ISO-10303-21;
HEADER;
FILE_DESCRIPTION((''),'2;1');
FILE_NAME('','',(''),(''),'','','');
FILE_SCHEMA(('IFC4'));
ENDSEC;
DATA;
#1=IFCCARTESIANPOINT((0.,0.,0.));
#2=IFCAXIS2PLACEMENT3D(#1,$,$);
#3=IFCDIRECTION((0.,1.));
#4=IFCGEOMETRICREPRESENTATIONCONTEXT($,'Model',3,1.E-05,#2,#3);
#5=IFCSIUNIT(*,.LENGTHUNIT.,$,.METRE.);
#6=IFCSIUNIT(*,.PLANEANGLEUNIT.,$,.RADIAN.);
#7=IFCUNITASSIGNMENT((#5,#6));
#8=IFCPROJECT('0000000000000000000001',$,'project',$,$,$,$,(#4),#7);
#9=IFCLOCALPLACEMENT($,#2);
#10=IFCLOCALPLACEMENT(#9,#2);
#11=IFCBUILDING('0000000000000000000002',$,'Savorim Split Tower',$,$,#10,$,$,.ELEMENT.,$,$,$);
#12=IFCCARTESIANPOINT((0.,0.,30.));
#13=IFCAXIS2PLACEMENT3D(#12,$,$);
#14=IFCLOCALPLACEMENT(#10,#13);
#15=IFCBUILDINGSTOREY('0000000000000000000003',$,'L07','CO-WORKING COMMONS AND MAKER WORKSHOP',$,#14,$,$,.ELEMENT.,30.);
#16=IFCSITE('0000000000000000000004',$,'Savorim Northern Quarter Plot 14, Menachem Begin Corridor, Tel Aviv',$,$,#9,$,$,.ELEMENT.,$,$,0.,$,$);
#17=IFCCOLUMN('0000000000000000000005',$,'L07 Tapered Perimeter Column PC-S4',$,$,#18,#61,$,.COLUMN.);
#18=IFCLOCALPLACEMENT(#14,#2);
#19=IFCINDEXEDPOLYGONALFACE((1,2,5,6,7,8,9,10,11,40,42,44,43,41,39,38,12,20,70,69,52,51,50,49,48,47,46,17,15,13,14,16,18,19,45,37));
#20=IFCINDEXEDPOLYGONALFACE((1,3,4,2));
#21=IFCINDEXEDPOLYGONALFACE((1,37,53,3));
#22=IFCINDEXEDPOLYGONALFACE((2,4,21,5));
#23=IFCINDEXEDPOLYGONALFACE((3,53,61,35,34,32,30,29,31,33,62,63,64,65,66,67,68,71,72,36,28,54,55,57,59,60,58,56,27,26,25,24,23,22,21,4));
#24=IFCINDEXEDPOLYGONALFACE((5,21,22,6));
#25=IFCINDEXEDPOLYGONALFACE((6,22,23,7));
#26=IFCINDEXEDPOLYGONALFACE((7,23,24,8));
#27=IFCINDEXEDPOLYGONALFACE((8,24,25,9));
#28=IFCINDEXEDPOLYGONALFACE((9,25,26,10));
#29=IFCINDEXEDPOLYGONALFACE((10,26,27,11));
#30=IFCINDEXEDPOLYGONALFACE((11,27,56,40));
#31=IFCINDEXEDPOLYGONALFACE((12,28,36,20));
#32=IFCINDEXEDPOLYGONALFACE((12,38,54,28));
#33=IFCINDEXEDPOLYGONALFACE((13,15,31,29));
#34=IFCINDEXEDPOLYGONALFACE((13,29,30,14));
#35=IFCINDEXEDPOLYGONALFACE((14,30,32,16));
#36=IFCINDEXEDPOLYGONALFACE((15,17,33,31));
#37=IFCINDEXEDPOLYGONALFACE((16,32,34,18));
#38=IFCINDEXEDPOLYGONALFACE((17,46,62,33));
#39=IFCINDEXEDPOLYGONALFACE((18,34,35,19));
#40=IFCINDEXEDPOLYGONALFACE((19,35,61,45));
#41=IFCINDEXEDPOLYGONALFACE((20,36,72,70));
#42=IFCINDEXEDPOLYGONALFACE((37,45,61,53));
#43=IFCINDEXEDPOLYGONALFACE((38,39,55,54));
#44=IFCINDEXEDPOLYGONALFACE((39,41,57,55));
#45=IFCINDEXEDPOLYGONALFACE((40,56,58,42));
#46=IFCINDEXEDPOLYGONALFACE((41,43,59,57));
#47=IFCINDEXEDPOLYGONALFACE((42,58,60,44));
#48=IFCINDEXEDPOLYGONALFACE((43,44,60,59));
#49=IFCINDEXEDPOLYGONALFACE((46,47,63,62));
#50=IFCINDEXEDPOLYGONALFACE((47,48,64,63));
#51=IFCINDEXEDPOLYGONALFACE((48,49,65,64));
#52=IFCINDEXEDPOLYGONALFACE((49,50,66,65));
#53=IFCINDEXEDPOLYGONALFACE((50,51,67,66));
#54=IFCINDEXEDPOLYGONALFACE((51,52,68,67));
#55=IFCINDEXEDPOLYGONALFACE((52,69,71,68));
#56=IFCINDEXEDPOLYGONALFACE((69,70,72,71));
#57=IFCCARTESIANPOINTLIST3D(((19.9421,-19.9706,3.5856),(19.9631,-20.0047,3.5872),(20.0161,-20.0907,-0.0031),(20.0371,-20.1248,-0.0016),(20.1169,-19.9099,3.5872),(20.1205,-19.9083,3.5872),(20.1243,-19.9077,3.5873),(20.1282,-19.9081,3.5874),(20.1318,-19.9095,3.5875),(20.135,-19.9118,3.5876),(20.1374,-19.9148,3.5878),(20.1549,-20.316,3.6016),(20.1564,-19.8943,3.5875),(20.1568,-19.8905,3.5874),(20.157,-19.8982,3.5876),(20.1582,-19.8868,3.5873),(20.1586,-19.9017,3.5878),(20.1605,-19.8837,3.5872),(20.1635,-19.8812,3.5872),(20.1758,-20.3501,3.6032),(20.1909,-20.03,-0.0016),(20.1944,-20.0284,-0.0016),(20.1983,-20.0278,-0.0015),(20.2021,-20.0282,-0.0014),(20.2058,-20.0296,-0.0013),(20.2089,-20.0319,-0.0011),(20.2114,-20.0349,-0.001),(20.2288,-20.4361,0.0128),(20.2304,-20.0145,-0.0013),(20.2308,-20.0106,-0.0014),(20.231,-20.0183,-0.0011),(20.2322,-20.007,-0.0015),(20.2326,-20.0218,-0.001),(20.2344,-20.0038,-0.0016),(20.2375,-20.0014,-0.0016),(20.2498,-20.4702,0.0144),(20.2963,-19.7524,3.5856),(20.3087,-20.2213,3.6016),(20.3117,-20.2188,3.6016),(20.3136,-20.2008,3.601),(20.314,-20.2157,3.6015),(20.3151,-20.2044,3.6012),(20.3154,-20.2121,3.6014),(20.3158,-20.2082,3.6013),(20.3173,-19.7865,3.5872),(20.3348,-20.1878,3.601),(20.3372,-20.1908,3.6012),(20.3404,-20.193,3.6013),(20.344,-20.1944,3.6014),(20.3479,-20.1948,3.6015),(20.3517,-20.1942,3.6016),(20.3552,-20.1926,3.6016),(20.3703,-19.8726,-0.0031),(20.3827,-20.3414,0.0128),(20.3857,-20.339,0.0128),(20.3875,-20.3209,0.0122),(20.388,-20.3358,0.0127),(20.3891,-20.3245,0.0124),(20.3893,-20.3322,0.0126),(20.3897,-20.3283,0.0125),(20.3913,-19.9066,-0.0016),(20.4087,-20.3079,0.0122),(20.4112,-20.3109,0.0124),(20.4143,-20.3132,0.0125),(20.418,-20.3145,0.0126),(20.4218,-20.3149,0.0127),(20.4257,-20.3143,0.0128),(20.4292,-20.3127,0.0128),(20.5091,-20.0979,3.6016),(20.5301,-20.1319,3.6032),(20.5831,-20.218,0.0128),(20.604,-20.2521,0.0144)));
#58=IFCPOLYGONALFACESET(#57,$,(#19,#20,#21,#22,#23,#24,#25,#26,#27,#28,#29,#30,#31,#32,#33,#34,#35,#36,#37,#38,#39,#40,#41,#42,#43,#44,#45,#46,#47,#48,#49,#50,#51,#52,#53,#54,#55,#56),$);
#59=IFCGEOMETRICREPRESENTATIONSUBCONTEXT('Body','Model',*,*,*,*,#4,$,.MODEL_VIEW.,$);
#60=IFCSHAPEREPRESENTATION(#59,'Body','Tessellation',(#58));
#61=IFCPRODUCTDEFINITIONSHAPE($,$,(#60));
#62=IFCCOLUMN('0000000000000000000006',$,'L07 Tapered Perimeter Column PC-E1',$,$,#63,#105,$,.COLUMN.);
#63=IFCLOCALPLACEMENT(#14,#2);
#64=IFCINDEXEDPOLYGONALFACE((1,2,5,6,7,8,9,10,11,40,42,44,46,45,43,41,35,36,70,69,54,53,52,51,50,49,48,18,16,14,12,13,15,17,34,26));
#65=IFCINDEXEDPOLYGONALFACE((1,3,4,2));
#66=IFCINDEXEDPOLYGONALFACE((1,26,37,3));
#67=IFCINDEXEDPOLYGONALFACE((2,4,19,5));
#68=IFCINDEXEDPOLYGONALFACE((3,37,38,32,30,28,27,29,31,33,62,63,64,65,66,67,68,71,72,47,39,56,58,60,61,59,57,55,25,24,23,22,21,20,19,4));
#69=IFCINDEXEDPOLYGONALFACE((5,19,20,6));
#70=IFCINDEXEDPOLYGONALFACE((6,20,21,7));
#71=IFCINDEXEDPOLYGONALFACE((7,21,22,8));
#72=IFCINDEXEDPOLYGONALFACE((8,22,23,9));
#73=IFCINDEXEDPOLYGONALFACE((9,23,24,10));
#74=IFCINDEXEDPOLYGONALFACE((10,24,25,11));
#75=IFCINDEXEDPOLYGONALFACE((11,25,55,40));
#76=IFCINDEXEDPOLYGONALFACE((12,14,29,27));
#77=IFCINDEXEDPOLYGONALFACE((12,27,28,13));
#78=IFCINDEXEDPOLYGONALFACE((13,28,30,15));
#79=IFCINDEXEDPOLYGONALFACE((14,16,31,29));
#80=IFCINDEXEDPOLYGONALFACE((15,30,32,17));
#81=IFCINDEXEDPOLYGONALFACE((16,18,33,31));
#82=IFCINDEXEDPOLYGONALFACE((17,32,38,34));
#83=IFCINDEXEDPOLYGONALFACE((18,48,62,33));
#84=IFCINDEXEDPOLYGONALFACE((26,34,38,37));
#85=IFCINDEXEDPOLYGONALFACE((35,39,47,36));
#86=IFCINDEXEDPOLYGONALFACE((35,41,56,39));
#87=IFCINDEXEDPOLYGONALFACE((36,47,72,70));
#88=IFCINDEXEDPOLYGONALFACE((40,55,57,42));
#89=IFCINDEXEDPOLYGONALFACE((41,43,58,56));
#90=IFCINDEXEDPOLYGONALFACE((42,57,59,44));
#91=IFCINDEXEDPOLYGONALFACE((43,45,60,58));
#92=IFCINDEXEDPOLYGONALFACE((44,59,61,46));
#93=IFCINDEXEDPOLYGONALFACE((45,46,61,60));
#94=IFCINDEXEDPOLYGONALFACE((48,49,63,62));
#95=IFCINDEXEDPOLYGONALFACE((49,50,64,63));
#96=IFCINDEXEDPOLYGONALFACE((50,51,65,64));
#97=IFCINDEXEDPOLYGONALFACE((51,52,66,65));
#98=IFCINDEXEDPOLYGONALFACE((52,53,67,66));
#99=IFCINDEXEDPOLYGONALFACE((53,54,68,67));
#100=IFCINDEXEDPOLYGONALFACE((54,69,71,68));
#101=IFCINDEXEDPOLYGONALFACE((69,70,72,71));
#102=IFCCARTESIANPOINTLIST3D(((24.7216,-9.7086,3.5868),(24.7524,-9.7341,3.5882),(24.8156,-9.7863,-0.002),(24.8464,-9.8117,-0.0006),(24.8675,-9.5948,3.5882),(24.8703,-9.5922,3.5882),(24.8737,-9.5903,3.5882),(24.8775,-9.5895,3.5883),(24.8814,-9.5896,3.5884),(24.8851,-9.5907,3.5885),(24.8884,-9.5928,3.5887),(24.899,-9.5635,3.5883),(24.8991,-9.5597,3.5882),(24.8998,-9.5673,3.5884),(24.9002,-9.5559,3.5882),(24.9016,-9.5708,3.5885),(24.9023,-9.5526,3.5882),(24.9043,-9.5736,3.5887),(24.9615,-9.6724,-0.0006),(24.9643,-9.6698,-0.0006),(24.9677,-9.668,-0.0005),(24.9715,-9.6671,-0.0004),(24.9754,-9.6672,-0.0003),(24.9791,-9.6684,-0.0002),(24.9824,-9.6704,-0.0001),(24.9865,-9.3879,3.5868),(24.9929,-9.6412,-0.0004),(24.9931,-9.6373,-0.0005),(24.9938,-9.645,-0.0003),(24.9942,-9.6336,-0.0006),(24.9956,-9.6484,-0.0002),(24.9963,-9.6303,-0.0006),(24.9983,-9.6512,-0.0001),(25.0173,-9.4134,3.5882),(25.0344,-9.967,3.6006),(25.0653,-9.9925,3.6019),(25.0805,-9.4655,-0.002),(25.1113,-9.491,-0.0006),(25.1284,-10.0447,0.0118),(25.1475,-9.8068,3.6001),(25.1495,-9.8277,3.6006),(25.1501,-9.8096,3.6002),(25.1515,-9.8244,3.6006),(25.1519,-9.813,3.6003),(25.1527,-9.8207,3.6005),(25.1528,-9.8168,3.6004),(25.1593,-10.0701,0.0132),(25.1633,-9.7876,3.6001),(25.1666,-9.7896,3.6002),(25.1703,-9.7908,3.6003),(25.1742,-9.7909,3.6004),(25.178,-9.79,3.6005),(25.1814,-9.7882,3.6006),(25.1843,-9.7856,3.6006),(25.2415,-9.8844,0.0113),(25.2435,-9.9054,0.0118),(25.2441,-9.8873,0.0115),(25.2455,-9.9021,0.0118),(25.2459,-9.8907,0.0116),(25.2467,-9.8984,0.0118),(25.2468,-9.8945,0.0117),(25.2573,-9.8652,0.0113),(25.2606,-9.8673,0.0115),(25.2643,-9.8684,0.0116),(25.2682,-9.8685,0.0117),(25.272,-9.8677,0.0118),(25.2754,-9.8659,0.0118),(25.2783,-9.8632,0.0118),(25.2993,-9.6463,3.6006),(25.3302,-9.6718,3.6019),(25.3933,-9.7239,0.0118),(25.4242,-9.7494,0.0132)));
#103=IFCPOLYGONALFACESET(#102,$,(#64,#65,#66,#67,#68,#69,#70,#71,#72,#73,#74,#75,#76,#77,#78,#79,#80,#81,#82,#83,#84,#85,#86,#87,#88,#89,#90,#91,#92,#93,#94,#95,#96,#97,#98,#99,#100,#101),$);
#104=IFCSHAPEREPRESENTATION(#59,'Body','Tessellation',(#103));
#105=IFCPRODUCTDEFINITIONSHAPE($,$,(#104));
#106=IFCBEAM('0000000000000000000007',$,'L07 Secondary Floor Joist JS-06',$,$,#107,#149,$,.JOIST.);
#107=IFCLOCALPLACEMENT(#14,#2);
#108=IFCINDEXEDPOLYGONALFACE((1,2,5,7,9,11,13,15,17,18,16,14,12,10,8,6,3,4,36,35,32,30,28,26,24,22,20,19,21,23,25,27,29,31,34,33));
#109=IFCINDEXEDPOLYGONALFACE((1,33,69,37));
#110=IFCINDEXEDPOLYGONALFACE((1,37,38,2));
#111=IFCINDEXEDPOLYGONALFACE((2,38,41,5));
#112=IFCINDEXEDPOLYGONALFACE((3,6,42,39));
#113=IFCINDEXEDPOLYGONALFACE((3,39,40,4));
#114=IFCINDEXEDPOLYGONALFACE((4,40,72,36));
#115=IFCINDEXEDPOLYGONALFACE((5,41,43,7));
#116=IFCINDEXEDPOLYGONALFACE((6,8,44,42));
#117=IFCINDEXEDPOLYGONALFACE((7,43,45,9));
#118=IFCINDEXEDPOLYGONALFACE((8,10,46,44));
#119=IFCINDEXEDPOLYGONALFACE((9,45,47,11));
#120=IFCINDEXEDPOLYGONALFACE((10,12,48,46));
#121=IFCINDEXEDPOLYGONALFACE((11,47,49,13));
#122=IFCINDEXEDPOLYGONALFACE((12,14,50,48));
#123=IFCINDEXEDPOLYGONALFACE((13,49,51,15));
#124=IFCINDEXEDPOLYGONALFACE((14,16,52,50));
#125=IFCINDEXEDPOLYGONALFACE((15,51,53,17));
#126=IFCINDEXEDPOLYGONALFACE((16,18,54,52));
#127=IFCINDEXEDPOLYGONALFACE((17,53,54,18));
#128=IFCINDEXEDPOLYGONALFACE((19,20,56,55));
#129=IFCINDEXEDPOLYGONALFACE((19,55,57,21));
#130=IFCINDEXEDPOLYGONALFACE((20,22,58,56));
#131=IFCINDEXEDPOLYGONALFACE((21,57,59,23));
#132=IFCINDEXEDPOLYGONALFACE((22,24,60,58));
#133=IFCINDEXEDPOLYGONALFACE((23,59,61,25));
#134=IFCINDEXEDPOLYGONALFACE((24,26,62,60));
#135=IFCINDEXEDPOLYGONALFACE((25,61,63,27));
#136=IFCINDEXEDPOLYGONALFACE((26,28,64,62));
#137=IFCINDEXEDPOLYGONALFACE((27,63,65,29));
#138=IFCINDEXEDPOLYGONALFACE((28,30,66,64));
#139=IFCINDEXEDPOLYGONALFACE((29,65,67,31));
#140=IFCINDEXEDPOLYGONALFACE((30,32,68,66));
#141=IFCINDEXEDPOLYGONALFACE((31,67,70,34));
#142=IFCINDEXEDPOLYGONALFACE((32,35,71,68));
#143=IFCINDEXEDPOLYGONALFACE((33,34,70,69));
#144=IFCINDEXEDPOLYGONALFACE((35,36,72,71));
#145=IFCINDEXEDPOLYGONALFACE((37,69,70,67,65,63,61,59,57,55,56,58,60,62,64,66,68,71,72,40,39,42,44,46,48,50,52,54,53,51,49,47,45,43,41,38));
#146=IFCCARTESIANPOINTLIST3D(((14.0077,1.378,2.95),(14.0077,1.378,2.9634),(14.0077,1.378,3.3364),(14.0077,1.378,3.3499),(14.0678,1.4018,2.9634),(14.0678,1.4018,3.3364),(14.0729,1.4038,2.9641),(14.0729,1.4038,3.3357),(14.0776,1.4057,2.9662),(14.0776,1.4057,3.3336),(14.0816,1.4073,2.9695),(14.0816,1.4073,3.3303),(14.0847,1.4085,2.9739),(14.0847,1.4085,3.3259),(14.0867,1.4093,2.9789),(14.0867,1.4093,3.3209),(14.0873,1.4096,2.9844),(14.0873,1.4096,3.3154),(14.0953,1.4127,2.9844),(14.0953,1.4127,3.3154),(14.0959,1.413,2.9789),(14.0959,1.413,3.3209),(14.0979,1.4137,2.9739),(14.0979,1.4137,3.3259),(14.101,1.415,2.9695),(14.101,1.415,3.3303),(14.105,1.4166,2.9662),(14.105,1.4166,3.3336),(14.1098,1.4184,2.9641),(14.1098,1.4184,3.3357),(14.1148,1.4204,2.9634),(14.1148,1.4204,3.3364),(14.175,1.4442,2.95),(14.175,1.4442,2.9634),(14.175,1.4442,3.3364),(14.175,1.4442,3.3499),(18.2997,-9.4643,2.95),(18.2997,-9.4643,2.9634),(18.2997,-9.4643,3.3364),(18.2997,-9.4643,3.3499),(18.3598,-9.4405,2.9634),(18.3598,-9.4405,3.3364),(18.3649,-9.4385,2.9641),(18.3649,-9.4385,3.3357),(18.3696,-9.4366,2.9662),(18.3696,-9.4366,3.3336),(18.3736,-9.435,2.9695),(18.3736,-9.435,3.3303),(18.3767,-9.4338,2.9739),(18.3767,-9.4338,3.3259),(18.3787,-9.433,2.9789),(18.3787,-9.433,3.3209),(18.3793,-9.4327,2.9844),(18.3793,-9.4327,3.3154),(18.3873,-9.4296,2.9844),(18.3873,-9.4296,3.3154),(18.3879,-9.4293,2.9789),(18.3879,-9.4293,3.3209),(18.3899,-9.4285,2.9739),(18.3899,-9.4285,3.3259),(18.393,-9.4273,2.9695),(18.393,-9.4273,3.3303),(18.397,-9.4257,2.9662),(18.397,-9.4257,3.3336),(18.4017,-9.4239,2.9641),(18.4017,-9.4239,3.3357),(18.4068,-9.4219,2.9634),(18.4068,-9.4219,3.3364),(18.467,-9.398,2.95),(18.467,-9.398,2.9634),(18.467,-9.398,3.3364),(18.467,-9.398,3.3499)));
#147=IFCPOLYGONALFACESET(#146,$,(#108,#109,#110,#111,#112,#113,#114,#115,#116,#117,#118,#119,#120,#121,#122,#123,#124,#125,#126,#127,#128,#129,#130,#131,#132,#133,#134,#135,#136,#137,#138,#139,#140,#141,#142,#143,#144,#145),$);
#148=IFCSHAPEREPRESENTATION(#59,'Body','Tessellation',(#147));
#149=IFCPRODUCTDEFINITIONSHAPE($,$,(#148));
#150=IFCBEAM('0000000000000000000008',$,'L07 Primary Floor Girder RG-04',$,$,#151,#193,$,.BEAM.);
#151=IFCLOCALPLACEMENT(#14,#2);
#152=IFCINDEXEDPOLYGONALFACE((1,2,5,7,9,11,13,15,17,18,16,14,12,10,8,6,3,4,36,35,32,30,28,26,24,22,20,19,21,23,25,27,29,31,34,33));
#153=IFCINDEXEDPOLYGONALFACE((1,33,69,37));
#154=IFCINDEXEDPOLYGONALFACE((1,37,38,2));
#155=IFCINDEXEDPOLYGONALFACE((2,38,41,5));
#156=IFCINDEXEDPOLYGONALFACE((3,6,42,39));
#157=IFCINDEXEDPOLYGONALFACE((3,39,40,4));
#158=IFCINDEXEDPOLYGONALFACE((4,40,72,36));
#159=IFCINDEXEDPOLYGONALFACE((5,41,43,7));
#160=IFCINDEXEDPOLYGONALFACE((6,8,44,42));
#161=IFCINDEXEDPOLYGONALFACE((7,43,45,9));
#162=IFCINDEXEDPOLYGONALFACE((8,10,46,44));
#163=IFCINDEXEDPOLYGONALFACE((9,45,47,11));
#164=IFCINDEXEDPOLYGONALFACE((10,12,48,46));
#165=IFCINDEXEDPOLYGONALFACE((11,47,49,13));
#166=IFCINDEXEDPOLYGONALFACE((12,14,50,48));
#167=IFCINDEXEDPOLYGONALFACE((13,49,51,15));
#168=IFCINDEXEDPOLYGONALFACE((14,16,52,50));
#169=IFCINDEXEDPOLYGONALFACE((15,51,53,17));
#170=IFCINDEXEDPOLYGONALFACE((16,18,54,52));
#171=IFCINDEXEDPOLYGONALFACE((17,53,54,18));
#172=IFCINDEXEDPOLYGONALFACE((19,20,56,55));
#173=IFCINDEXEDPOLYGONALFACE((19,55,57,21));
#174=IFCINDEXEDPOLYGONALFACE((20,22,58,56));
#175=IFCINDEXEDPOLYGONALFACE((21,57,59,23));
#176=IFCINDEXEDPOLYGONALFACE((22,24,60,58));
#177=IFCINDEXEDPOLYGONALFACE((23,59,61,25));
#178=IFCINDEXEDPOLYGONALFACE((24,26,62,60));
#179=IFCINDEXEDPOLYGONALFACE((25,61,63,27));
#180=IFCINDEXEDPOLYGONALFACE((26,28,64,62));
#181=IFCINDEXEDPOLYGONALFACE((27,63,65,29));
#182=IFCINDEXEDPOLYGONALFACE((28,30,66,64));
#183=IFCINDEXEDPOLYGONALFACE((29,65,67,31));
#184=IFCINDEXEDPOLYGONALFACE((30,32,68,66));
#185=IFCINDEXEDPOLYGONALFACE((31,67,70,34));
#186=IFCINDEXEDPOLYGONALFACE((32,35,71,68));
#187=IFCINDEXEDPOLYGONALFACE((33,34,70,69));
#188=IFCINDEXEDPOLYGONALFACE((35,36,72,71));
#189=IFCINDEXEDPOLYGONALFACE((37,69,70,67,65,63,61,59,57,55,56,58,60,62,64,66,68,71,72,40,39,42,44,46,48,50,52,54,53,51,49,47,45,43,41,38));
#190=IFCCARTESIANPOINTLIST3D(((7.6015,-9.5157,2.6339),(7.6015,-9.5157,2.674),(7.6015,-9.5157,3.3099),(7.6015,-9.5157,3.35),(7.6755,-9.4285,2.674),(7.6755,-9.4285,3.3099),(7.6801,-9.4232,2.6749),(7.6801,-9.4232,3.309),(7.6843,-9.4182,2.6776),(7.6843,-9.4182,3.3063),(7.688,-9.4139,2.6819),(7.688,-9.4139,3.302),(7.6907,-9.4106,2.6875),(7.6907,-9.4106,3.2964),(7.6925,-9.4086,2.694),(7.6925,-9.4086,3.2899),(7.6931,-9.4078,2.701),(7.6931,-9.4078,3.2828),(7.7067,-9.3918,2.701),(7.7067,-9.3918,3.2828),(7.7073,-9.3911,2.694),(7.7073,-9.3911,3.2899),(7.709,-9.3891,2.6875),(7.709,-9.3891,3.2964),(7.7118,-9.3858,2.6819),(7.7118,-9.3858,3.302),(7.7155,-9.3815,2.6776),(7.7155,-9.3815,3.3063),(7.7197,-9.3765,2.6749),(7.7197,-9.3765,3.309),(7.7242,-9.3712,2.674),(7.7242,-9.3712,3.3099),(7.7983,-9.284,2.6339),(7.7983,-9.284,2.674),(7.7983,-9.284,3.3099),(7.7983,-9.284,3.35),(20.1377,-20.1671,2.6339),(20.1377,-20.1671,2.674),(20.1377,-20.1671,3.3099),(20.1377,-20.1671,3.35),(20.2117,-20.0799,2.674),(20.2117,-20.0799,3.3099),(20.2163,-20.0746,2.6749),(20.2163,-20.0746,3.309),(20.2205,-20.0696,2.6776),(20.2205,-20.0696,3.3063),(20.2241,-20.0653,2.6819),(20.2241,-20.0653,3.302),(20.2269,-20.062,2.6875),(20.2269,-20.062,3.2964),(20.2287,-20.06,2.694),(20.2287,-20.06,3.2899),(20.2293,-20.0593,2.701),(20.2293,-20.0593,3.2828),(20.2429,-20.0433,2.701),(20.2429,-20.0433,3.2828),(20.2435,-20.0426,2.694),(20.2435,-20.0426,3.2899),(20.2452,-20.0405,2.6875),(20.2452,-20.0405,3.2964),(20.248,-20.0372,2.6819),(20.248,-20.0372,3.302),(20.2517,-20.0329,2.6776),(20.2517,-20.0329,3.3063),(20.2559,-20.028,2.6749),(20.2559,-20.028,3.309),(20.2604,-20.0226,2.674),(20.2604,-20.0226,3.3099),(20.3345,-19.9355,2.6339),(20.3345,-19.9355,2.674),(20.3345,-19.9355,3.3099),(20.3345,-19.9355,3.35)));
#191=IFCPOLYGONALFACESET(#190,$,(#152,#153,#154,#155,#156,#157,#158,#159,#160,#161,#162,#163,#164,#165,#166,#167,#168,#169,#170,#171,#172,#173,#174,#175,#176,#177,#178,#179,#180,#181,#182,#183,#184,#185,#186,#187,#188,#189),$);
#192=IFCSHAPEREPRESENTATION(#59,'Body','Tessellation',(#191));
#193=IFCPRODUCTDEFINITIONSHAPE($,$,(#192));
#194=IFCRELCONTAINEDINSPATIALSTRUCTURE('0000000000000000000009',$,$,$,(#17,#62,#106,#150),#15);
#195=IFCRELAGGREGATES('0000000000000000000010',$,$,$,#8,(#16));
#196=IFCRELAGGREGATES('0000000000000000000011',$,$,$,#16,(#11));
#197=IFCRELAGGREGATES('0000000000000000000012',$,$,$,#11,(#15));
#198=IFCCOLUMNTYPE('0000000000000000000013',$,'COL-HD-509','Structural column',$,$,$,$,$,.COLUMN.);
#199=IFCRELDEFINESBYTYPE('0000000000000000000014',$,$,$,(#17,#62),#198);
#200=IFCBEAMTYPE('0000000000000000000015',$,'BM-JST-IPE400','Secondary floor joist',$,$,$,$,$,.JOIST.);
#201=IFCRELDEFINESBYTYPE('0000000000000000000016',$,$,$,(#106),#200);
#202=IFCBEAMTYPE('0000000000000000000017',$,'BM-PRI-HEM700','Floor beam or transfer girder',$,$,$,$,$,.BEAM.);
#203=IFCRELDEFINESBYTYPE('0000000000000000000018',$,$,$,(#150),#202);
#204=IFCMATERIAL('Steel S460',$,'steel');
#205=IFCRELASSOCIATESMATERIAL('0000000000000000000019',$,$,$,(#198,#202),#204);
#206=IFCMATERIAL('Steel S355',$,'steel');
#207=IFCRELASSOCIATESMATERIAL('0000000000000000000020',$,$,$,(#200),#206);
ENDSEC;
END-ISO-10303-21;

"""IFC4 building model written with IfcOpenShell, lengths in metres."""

from ifc_helpers import new_model, si_unit, direction, frame, origin, origin_2d, place, context, subcontext, project, spatial, i_section, extrude, material, material_profile, profile_set, type_object, element, save


model = new_model("IFC4")

# Units and contexts
model_context = context("Model", 3, precision=1e-05, world=origin(), true_north=direction((0.0, 1.0)))
body_context = subcontext(model_context, "Body", "Model", "MODEL_VIEW")
ifc_project = project(units=[si_unit("LENGTHUNIT", "METRE"), si_unit("PLANEANGLEUNIT", "RADIAN")], contexts=[model_context])

# Site, building, storey
site_placement = place(None, origin())
site = spatial("IfcSite", under=ifc_project, at=site_placement, Name="Savorim Northern Quarter Plot 14, Menachem Begin Corridor, Tel Aviv", CompositionType="ELEMENT", RefElevation=0.0)
building_placement = place(site_placement, origin())
building = spatial("IfcBuilding", under=site, at=building_placement, Name="Savorim Split Tower", CompositionType="ELEMENT")
storey_placement = place(building_placement, frame((0.0, 0.0, 30.0)))
storey = spatial("IfcBuildingStorey", under=building, at=storey_placement, Name="L07", Description="CO-WORKING COMMONS AND MAKER WORKSHOP", CompositionType="ELEMENT", Elevation=30.0)

# Columns
ifc_material_1 = material(Name="Steel S460", Category="steel")
ifc_material_profile_1 = material_profile(ifc_material_1, i_section(OverallWidth=0.416, OverallDepth=0.446, WebThickness=0.0249, FlangeThickness=0.04, FilletRadius=0.0149, at=origin_2d()), Name="HD 400x509")
ifc_profile_set_1 = profile_set([ifc_material_profile_1], Name="Steel S460")
column_type = type_object("IfcColumnType", Name="COL-HD-509", Description="Structural column", PredefinedType="COLUMN", material=ifc_profile_set_1)
column_1_placement = place(storey_placement, frame((20.3101, -20.1714, 0.0056), z_axis=(-0.020596, 0.033444, 0.999228), x_axis=(-0.85148, -0.524387, 0.0)))
element("IfcColumn", 1, at=column_1_placement, inside=storey, type_object=column_type, Name="L07 Tapered Perimeter Column PC-S4", PredefinedType="COLUMN", context=body_context, shape_type="SweptSolid", body=[
    extrude(i_section(OverallWidth=0.416, OverallDepth=0.446, WebThickness=0.0249, FlangeThickness=0.04, FilletRadius=0.0149, at=origin_2d()), origin(), (0.0, 0.0, 1.0), 3.5916),
])
column_2_placement = place(storey_placement, frame((25.1199, -9.7678, 0.0056), z_axis=(-0.026175, 0.02162, 0.999424), x_axis=(-0.63683, -0.771005, 0.0)))
element("IfcColumn", 2, at=column_2_placement, inside=storey, type_object=column_type, Name="L07 Tapered Perimeter Column PC-E1", PredefinedType="COLUMN", context=body_context, shape_type="SweptSolid", body=[
    extrude(i_section(OverallWidth=0.416, OverallDepth=0.446, WebThickness=0.0249, FlangeThickness=0.04, FilletRadius=0.0149, at=origin_2d()), origin(), (0.0, 0.0, 1.0), 3.5908),
])

# Beams
ifc_material_2 = material(Name="Steel S355", Category="steel")
ifc_material_profile_2 = material_profile(ifc_material_2, i_section(OverallWidth=0.1799, OverallDepth=0.3999, WebThickness=0.0085, FlangeThickness=0.0134, FilletRadius=0.021, at=origin_2d()), Name="IPE 400")
ifc_profile_set_2 = profile_set([ifc_material_profile_2], Name="Steel S355")
beam_type_1 = type_object("IfcBeamType", Name="BM-JST-IPE400", Description="Secondary floor joist", PredefinedType="JOIST", material=ifc_profile_set_2)
beam_1_placement = place(storey_placement, frame((18.3833, -9.4312, 3.1499), z_axis=(-0.368067, 0.929799, 0.0), x_axis=(-0.929799, -0.368067, 0.0)))
element("IfcBeam", 3, at=beam_1_placement, inside=storey, type_object=beam_type_1, Name="L07 Secondary Floor Joist JS-06", PredefinedType="JOIST", context=body_context, shape_type="SweptSolid", body=[
    extrude(i_section(OverallWidth=0.1799, OverallDepth=0.3999, WebThickness=0.0085, FlangeThickness=0.0134, FilletRadius=0.021, at=origin_2d()), origin(), (0.0, 0.0, 1.0), 11.6609),
])
ifc_material_profile_3 = material_profile(ifc_material_1, i_section(OverallWidth=0.304, OverallDepth=0.7161, WebThickness=0.021, FlangeThickness=0.04, FilletRadius=0.0271, at=origin_2d()), Name="HE 700 M")
ifc_profile_set_3 = profile_set([ifc_material_profile_3], Name="Steel S460")
beam_type_2 = type_object("IfcBeamType", Name="BM-PRI-HEM700", Description="Floor beam or transfer girder", PredefinedType="BEAM", material=ifc_profile_set_3)
beam_2_placement = place(storey_placement, frame((20.2361, -20.0513, 2.9919), z_axis=(-0.76207, 0.647495, 0.0), x_axis=(-0.647495, -0.76207, 0.0)))
element("IfcBeam", 4, at=beam_2_placement, inside=storey, type_object=beam_type_2, Name="L07 Primary Floor Girder RG-04", PredefinedType="BEAM", context=body_context, shape_type="SweptSolid", body=[
    extrude(i_section(OverallWidth=0.304, OverallDepth=0.7161, WebThickness=0.021, FlangeThickness=0.04, FilletRadius=0.0271, at=origin_2d()), origin(), (0.0, 0.0, 1.0), 16.4502),
])

save(model, "model.ifc")
